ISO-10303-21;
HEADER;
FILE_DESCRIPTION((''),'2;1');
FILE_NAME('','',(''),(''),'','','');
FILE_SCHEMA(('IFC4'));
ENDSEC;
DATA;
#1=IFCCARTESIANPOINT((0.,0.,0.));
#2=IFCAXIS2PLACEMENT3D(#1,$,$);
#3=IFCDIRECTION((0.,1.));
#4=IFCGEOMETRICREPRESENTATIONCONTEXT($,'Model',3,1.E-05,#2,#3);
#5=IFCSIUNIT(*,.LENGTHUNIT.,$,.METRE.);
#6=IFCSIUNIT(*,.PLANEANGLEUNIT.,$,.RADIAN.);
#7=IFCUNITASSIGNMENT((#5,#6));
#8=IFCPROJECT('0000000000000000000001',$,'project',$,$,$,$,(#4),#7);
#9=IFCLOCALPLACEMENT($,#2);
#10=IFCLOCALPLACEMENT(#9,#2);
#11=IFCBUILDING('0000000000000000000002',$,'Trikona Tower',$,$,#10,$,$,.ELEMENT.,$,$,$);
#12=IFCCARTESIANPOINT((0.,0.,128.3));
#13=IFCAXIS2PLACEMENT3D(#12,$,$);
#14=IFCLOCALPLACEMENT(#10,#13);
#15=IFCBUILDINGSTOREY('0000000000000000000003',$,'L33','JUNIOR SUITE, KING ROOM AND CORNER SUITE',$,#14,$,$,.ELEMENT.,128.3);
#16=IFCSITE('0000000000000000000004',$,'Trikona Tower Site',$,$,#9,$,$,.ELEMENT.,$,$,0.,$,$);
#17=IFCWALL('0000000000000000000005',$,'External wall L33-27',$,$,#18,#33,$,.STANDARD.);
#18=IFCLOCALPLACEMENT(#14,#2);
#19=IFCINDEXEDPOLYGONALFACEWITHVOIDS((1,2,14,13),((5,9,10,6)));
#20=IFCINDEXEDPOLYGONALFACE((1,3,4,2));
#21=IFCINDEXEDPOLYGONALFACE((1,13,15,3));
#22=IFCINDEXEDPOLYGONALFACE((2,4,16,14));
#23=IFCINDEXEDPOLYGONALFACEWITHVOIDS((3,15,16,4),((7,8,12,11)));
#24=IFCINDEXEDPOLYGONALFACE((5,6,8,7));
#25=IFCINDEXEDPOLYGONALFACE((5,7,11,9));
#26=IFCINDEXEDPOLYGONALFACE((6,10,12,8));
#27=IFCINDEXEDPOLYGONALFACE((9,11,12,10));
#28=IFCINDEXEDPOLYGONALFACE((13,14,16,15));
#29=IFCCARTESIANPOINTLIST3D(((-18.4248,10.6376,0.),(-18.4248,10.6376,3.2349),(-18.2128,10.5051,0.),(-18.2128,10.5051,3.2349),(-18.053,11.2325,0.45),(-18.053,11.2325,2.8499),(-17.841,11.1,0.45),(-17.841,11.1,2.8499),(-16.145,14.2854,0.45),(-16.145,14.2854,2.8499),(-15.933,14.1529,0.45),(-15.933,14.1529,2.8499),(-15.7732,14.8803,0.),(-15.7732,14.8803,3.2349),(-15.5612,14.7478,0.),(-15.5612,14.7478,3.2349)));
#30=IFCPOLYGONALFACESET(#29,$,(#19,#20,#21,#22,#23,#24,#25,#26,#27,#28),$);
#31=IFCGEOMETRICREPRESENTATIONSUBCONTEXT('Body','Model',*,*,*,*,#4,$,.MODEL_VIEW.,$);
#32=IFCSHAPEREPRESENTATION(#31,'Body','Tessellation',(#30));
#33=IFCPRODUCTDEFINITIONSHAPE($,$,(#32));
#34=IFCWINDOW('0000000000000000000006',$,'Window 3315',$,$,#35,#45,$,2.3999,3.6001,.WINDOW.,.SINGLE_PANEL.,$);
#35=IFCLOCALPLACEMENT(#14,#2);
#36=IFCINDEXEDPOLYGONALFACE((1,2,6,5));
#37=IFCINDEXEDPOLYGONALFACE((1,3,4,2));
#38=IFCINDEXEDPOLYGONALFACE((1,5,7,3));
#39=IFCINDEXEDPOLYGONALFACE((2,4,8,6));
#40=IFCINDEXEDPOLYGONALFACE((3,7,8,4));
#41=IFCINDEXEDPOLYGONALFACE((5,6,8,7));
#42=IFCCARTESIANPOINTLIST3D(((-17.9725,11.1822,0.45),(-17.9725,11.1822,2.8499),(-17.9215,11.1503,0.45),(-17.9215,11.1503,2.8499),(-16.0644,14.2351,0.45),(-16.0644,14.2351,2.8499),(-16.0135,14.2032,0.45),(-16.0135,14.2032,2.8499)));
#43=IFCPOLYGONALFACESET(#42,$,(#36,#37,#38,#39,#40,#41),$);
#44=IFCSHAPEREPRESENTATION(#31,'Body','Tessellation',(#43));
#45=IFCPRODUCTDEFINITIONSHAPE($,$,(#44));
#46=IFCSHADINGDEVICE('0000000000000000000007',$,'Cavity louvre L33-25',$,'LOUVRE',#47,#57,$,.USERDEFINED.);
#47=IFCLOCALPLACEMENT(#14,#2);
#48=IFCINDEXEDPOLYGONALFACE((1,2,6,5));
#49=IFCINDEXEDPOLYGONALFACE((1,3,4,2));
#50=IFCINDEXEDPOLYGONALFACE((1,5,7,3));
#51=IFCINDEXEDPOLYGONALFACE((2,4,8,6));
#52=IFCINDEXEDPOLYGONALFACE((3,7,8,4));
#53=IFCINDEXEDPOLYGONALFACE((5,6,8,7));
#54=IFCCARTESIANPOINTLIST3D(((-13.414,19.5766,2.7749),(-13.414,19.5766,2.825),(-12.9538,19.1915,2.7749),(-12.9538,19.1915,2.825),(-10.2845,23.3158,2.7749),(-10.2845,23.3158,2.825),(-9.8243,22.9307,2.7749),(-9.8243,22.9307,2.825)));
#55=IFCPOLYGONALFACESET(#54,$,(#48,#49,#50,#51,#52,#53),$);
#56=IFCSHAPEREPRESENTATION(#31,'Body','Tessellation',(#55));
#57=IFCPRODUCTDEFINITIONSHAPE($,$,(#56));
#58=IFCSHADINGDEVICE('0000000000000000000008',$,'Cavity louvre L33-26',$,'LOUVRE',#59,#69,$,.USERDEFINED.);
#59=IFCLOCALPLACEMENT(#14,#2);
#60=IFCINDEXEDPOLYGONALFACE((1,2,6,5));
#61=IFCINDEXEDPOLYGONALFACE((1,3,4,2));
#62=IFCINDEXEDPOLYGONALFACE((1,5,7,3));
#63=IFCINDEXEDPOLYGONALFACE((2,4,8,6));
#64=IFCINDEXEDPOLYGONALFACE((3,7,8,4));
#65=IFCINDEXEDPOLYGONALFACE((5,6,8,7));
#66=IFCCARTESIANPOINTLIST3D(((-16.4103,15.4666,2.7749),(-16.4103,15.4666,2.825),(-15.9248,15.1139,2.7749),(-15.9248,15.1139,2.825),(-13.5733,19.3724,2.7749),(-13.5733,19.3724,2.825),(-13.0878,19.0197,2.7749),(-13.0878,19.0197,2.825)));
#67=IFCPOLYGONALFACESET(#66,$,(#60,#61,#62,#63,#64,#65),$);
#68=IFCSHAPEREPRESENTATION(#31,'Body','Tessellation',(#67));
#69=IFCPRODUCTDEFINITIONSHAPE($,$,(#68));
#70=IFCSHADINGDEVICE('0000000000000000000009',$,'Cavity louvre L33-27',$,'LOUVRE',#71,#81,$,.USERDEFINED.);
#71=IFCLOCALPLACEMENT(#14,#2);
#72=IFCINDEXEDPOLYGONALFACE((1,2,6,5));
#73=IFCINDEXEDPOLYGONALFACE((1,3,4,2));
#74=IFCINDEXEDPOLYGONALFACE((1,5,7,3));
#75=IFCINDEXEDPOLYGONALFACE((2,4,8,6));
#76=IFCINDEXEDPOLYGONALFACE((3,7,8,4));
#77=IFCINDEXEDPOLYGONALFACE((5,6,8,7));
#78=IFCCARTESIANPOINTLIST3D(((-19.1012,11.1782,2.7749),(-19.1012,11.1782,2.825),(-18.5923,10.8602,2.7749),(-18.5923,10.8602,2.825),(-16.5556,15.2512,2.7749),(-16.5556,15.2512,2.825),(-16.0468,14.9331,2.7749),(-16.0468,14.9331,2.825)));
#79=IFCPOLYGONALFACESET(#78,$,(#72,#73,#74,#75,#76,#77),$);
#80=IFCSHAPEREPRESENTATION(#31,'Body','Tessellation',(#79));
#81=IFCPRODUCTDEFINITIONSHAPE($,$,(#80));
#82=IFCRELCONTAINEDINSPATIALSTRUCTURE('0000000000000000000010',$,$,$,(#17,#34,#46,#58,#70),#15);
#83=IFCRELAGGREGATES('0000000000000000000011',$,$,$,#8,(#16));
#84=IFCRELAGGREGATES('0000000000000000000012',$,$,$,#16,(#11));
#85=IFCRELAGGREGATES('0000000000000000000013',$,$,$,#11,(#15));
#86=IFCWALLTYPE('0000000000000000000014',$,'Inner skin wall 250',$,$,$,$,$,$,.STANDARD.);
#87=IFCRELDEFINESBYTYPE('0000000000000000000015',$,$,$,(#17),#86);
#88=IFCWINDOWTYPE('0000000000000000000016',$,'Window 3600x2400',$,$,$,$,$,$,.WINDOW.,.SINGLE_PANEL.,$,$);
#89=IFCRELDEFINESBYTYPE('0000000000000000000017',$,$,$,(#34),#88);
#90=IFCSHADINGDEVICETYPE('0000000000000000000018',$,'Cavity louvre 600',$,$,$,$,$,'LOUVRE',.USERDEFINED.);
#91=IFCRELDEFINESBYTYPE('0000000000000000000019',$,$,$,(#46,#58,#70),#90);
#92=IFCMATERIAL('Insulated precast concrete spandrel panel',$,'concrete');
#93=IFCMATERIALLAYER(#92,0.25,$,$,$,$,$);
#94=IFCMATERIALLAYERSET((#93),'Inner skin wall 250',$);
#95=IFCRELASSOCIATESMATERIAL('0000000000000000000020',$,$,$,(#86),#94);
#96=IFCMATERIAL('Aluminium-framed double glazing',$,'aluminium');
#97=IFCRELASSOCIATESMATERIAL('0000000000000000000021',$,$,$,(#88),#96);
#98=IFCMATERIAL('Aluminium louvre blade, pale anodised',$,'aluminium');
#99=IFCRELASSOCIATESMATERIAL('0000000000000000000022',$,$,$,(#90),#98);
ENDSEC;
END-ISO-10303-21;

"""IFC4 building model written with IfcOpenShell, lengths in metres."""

from ifc_helpers import new_model, si_unit, direction, frame, frame_2d, origin, origin_2d, place, context, subcontext, project, spatial, rectangle, extrude, material, layer, layer_set, type_object, element, fill, save


model = new_model("IFC4")

# Units and contexts
model_context = context("Model", 3, precision=1e-05, world=origin(), true_north=direction((0.0, 1.0)))
body_context = subcontext(model_context, "Body", "Model", "MODEL_VIEW")
ifc_project = project(units=[si_unit("LENGTHUNIT", "METRE"), si_unit("PLANEANGLEUNIT", "RADIAN")], contexts=[model_context])

# Site, building, storey
site_placement = place(None, origin())
site = spatial("IfcSite", under=ifc_project, at=site_placement, Name="Trikona Tower Site", CompositionType="ELEMENT", RefElevation=0.0)
building_placement = place(site_placement, origin())
building = spatial("IfcBuilding", under=site, at=building_placement, Name="Trikona Tower", CompositionType="ELEMENT")
storey_placement = place(building_placement, frame((0.0, 0.0, 128.3)))
storey = spatial("IfcBuildingStorey", under=building, at=storey_placement, Name="L33", Description="JUNIOR SUITE, KING ROOM AND CORNER SUITE", CompositionType="ELEMENT", Elevation=128.3)

# Wall, opening, window
ifc_material_1 = material(Name="Insulated precast concrete spandrel panel", Category="concrete")
ifc_layer_1 = layer(ifc_material_1, 0.25)
ifc_layer_set_1 = layer_set([ifc_layer_1], Name="Inner skin wall 250")
wall_type = type_object("IfcWallType", Name="Inner skin wall 250", PredefinedType="STANDARD", material=ifc_layer_set_1)
ifc_material_2 = material(Name="Aluminium-framed double glazing", Category="aluminium")
window_type = type_object("IfcWindowType", Name="Window 3600x2400", PartitioningType="SINGLE_PANEL", PredefinedType="WINDOW", material=ifc_material_2)
wall_1_placement = place(storey_placement, frame((-15.6672, 14.814, 0.0), z_axis=(0.0, 0.0, 1.0), x_axis=(-0.52999, -0.848004, 0.0)))
wall_1 = element("IfcWall", 1, at=wall_1_placement, inside=storey, type_object=wall_type, Name="External wall L33-27", PredefinedType="STANDARD", context=body_context, shape_type="SweptSolid", body=[
    extrude(rectangle(XDim=5.0032, YDim=0.25, at=frame_2d((2.5015, 0.0))), origin(), (0.0, 0.0, 1.0), 3.2349),
])
opening_1_placement = place(wall_1_placement, frame((0.7014, 0.0, 0.45)))
opening_1 = element("IfcOpeningElement", 2, at=opening_1_placement, cuts=wall_1, PredefinedType="OPENING", context=body_context, shape_type="SweptSolid", body=[
    extrude(rectangle(XDim=3.6001, YDim=2.3999, at=frame_2d((1.8, 1.2))), frame((0.0, 0.135, 0.0), z_axis=(0.0, -1.0, 0.0), x_axis=(1.0, 0.0, 0.0)), (0.0, 0.0, 1.0), 0.27),
])
window_1_placement = place(opening_1_placement, origin())
window_1 = element("IfcWindow", 3, at=window_1_placement, inside=storey, type_object=window_type, Name="Window 3315", OverallHeight=2.3999, OverallWidth=3.6001, PartitioningType="SINGLE_PANEL", PredefinedType="WINDOW", context=body_context, shape_type="SweptSolid", body=[
    extrude(rectangle(XDim=3.6001, YDim=2.3999, at=frame_2d((1.8, 1.2))), frame((0.0, 0.03, 0.0), z_axis=(0.0, -1.0, 0.0), x_axis=(1.0, 0.0, 0.0)), (0.0, 0.0, 1.0), 0.0601),
])
fill(opening_1, window_1)

# Shading devices
ifc_material_3 = material(Name="Aluminium louvre blade, pale anodised", Category="aluminium")
shading_device_type = type_object("IfcShadingDeviceType", Name="Cavity louvre 600", ElementType="LOUVRE", PredefinedType="USERDEFINED", material=ifc_material_3)
shading_device_1_placement = place(storey_placement, frame((-11.6191, 21.2537, 2.7749), z_axis=(0.0, 0.0, 1.0), x_axis=(-0.641807, -0.766866, 0.0)))
element("IfcShadingDevice", 4, at=shading_device_1_placement, inside=storey, type_object=shading_device_type, Name="Cavity louvre L33-25", ObjectType="LOUVRE", PredefinedType="USERDEFINED", context=body_context, shape_type="SweptSolid", body=[
    extrude(rectangle(XDim=4.876, YDim=0.6001, at=origin_2d()), origin(), (0.0, 0.0, 1.0), 0.05),
])
shading_device_2_placement = place(storey_placement, frame((-14.749, 17.2432, 2.7749), z_axis=(0.0, 0.0, 1.0), x_axis=(-0.587686, -0.809089, 0.0)))
element("IfcShadingDevice", 5, at=shading_device_2_placement, inside=storey, type_object=shading_device_type, Name="Cavity louvre L33-26", ObjectType="LOUVRE", PredefinedType="USERDEFINED", context=body_context, shape_type="SweptSolid", body=[
    extrude(rectangle(XDim=4.8274, YDim=0.6001, at=origin_2d()), origin(), (0.0, 0.0, 1.0), 0.05),
])
shading_device_3_placement = place(storey_placement, frame((-17.574, 13.0557, 2.7749), z_axis=(0.0, 0.0, 1.0), x_axis=(-0.529995, -0.848001, 0.0)))
element("IfcShadingDevice", 6, at=shading_device_3_placement, inside=storey, type_object=shading_device_type, Name="Cavity louvre L33-27", ObjectType="LOUVRE", PredefinedType="USERDEFINED", context=body_context, shape_type="SweptSolid", body=[
    extrude(rectangle(XDim=4.803, YDim=0.6001, at=origin_2d()), origin(), (0.0, 0.0, 1.0), 0.05),
])

save(model, "model.ifc")
